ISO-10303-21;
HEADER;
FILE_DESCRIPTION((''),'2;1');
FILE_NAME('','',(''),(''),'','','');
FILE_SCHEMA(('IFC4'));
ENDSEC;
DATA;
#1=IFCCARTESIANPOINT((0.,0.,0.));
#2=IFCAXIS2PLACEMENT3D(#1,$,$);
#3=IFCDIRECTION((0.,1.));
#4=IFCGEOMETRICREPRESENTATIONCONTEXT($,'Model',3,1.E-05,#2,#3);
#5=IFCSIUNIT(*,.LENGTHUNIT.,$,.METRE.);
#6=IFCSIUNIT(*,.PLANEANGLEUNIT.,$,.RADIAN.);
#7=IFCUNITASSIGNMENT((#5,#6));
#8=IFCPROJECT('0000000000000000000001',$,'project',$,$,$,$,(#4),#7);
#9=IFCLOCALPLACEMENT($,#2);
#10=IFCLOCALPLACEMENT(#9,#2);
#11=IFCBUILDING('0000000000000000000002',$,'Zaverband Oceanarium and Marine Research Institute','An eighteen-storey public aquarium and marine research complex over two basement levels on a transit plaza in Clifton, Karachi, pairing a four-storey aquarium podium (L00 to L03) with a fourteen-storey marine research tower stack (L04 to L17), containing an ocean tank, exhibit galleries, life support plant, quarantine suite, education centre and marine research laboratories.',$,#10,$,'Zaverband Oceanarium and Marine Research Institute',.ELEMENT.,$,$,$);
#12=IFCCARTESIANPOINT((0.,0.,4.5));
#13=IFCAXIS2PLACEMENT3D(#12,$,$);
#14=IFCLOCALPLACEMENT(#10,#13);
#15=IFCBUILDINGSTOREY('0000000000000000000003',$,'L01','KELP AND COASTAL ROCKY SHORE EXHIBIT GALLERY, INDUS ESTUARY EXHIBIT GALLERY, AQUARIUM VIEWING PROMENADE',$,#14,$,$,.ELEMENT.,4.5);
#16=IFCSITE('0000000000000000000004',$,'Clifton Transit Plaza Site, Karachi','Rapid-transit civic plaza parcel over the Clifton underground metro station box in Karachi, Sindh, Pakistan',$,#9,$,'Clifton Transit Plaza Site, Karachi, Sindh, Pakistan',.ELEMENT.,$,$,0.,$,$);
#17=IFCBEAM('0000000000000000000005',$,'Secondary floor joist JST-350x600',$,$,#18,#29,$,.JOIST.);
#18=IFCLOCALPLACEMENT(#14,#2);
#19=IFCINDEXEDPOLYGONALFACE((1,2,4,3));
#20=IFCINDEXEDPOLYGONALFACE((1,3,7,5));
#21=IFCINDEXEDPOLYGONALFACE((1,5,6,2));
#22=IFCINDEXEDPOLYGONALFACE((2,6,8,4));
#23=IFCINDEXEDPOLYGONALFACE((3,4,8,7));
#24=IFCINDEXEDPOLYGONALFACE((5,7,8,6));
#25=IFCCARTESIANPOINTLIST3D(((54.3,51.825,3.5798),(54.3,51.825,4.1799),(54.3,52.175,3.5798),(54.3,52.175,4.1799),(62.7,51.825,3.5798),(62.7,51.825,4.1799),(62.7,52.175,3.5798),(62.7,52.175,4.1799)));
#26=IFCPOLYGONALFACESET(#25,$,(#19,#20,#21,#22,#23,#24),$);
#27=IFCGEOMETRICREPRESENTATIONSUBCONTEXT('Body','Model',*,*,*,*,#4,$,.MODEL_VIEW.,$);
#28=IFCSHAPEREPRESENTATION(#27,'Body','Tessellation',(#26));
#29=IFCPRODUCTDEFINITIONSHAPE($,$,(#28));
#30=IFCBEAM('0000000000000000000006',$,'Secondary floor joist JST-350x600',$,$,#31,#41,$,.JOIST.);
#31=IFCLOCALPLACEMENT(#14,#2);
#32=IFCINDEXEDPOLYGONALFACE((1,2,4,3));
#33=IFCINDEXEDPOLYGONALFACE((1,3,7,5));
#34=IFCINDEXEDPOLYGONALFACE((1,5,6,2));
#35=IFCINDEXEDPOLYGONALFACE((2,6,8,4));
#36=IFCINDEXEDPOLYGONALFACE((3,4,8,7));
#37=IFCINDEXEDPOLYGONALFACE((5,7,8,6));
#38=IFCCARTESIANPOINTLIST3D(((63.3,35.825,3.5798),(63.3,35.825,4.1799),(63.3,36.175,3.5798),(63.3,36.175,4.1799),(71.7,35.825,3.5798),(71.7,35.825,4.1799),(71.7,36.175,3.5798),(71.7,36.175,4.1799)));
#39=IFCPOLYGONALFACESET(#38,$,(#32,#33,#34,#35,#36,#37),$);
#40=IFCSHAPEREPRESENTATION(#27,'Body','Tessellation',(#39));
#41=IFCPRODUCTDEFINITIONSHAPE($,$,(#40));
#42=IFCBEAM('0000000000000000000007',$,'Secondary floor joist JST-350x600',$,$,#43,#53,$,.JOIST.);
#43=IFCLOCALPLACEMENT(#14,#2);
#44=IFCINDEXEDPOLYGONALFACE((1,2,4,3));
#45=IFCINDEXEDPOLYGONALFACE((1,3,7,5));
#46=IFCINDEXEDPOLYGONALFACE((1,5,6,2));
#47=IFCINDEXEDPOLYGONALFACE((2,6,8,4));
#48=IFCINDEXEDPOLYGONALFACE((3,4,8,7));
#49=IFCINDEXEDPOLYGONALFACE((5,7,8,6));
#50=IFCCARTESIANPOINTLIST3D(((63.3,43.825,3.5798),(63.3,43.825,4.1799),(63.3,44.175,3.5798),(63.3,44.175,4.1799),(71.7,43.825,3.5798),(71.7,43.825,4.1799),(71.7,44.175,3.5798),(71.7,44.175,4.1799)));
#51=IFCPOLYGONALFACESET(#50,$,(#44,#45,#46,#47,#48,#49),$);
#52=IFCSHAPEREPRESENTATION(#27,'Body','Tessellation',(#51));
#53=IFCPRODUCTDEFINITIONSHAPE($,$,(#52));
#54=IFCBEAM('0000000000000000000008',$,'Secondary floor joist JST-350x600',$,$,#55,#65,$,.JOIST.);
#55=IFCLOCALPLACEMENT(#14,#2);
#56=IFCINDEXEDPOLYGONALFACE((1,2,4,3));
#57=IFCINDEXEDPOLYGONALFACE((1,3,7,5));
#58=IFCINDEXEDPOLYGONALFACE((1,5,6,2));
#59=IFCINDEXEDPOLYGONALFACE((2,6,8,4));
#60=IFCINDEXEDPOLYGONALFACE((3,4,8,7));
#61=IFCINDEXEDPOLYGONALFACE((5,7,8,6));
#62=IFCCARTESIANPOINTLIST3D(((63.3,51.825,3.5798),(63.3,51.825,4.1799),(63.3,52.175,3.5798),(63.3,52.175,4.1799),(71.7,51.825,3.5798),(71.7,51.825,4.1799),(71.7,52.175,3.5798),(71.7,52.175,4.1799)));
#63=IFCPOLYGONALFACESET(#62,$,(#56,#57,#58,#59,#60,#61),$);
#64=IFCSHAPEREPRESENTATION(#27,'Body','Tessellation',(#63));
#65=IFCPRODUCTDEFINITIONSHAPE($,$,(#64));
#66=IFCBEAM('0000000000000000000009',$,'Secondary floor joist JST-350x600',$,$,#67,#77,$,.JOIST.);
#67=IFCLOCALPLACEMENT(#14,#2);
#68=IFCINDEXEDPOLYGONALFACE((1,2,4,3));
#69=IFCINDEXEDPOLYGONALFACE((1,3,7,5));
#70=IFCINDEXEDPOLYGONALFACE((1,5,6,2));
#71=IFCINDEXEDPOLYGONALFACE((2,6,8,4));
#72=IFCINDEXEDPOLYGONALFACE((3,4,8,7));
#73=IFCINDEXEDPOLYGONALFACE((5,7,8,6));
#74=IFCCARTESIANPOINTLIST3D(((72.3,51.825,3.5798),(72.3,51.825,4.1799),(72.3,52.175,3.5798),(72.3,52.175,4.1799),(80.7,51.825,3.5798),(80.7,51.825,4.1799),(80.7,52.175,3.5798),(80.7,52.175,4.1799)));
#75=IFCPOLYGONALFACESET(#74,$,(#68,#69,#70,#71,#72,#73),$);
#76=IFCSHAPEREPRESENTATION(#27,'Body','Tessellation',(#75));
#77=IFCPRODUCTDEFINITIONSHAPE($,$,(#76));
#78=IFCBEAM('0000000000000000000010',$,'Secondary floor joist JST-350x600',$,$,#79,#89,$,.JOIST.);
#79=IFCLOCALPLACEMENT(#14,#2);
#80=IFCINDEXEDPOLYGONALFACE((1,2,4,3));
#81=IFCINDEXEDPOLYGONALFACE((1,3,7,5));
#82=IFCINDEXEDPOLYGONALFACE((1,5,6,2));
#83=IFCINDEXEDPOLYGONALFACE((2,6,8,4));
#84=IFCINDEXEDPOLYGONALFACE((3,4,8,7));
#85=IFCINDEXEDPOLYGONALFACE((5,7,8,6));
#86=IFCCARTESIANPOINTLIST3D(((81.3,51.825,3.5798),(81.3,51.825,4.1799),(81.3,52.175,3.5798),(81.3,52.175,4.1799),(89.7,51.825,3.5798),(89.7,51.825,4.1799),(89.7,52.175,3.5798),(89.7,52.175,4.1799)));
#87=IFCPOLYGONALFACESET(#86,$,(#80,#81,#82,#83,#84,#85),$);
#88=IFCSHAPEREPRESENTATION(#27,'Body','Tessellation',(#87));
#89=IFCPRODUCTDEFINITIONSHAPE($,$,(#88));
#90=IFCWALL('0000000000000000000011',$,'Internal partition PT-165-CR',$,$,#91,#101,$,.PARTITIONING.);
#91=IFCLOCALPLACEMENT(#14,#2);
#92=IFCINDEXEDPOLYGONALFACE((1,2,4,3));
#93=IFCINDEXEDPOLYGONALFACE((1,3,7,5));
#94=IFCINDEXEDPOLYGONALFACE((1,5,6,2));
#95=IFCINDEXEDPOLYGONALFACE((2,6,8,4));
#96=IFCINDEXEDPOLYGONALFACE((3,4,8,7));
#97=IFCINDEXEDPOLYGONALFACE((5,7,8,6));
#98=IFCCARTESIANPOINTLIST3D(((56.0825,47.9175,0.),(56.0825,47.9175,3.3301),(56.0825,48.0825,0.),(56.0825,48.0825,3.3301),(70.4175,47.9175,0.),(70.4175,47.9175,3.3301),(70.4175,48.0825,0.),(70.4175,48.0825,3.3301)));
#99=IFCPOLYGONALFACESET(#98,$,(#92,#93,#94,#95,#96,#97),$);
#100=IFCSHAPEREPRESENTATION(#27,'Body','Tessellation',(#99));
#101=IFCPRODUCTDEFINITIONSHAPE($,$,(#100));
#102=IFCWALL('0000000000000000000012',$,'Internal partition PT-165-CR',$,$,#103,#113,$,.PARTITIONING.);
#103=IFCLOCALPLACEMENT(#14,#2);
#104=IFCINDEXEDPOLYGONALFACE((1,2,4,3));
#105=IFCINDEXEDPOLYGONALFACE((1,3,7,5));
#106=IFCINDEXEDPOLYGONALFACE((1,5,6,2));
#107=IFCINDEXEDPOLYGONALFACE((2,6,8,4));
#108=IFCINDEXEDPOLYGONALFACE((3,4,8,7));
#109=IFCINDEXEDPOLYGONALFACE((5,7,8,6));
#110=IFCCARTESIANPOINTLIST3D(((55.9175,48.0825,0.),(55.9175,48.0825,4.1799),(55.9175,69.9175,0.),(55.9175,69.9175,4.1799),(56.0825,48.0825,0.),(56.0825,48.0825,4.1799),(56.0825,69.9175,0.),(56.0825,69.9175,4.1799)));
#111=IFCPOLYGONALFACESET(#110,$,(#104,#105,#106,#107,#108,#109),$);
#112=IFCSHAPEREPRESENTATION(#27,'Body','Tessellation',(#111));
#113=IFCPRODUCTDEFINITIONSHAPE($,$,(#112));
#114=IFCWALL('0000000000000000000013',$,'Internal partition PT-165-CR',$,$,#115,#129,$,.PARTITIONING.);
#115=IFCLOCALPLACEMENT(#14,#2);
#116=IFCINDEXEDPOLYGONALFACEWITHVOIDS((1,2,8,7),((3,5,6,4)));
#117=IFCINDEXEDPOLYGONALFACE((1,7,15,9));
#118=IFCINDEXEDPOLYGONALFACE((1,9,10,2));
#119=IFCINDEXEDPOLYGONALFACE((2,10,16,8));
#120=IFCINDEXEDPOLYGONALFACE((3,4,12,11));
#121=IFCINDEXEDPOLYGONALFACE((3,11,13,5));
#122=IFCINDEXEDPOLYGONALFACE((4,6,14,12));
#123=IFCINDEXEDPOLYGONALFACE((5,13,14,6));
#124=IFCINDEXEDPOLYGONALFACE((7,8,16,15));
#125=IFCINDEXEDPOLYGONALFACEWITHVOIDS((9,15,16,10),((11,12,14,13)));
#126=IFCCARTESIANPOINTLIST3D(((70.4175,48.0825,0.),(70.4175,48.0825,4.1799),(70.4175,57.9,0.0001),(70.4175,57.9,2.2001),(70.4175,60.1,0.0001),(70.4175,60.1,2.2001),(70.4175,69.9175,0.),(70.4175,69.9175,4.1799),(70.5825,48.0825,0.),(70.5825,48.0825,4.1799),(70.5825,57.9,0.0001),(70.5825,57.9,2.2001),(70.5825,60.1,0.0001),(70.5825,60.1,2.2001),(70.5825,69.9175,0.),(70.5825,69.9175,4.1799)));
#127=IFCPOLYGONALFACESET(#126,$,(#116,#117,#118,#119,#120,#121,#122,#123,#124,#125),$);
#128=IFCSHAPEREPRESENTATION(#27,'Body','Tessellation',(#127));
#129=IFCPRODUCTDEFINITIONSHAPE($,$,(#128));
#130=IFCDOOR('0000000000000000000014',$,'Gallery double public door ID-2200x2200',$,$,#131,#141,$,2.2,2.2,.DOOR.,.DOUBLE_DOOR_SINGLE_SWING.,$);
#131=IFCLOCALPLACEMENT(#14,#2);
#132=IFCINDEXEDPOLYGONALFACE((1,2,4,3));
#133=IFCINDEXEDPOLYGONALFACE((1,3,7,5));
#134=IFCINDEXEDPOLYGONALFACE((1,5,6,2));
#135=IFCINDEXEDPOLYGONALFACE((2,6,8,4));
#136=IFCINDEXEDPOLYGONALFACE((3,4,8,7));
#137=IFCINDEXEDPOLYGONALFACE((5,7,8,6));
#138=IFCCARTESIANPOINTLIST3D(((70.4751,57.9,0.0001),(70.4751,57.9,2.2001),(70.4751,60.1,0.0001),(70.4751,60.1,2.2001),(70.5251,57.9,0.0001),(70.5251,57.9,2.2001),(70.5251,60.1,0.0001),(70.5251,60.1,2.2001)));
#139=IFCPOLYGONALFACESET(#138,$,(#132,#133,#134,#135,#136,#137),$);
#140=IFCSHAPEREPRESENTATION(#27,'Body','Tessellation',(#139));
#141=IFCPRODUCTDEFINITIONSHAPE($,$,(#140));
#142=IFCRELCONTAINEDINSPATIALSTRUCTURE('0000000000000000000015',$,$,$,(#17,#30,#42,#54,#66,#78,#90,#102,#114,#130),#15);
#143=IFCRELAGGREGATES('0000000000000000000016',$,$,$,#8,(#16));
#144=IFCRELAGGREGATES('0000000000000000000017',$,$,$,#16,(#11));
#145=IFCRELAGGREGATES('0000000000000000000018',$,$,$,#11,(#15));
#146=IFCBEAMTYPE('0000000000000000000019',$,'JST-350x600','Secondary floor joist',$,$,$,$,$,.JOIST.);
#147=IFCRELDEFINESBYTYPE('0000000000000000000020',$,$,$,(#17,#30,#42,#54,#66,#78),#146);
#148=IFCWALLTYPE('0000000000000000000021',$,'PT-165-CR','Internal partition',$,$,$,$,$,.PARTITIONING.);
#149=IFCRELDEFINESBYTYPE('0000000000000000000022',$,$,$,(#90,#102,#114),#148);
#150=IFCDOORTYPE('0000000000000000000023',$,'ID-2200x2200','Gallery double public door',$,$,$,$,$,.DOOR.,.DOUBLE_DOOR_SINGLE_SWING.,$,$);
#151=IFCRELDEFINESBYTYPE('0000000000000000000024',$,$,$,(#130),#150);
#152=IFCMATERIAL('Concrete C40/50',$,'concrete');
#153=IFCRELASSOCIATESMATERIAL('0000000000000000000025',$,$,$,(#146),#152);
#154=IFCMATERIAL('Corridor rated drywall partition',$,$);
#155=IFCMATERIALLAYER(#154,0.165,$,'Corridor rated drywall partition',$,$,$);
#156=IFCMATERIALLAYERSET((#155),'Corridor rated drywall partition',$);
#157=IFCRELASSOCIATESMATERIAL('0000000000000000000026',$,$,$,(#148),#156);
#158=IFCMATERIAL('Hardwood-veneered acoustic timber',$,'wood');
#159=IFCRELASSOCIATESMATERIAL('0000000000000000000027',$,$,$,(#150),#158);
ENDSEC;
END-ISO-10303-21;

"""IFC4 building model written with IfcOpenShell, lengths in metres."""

from ifc_helpers import new_model, si_unit, direction, frame, frame_2d, origin, origin_2d, place, context, subcontext, project, spatial, rectangle, extrude, material, layer, layer_set, material_profile, profile_set, type_object, element, fill, save


model = new_model("IFC4")

# Units and contexts
model_context = context("Model", 3, precision=1e-05, world=origin(), true_north=direction((0.0, 1.0)))
body_context = subcontext(model_context, "Body", "Model", "MODEL_VIEW")
ifc_project = project(units=[si_unit("LENGTHUNIT", "METRE"), si_unit("PLANEANGLEUNIT", "RADIAN")], contexts=[model_context])

# Site, building, storey
site_placement = place(None, origin())
site = spatial("IfcSite", under=ifc_project, at=site_placement, Name="Clifton Transit Plaza Site, Karachi", Description="Rapid-transit civic plaza parcel over the Clifton underground metro station box in Karachi, Sindh, Pakistan", LongName="Clifton Transit Plaza Site, Karachi, Sindh, Pakistan", CompositionType="ELEMENT", RefElevation=0.0)
building_placement = place(site_placement, origin())
building = spatial("IfcBuilding", under=site, at=building_placement, Name="Zaverband Oceanarium and Marine Research Institute", Description="An eighteen-storey public aquarium and marine research complex over two basement levels on a transit plaza in Clifton, Karachi, pairing a four-storey aquarium podium (L00 to L03) with a fourteen-storey marine research tower stack (L04 to L17), containing an ocean tank, exhibit galleries, life support plant, quarantine suite, education centre and marine research laboratories.", LongName="Zaverband Oceanarium and Marine Research Institute", CompositionType="ELEMENT")
storey_placement = place(building_placement, frame((0.0, 0.0, 4.5)))
storey = spatial("IfcBuildingStorey", under=building, at=storey_placement, Name="L01", Description="KELP AND COASTAL ROCKY SHORE EXHIBIT GALLERY, INDUS ESTUARY EXHIBIT GALLERY, AQUARIUM VIEWING PROMENADE", CompositionType="ELEMENT", Elevation=4.5)

# Beams
ifc_material_1 = material(Name="Concrete C40/50", Category="concrete")
ifc_material_profile_1 = material_profile(ifc_material_1, rectangle(XDim=0.3501, YDim=0.6001, at=origin_2d()), Name="RC350x600")
ifc_profile_set_1 = profile_set([ifc_material_profile_1], Name="Concrete C40/50")
beam_type_1 = type_object("IfcBeamType", Name="JST-350x600", Description="Secondary floor joist", PredefinedType="JOIST", material=ifc_profile_set_1)
for number, where, z_axis, x_axis, name in (
    (1, (54.3, 52.0, 3.8799), (1.0, 0.0, 0.0), (0.0, 1.0, 0.0), "Secondary floor joist JST-350x600"),
    (2, (63.3, 36.0, 3.8799), (1.0, 0.0, 0.0), (0.0, 1.0, 0.0), "Secondary floor joist JST-350x600"),
    (3, (63.3, 44.0, 3.8799), (1.0, 0.0, 0.0), (0.0, 1.0, 0.0), "Secondary floor joist JST-350x600"),
    (4, (63.3, 52.0, 3.8799), (1.0, 0.0, 0.0), (0.0, 1.0, 0.0), "Secondary floor joist JST-350x600"),
    (5, (72.3, 52.0, 3.8799), (1.0, 0.0, 0.0), (0.0, 1.0, 0.0), "Secondary floor joist JST-350x600"),
    (6, (81.3, 52.0, 3.8799), (1.0, 0.0, 0.0), (0.0, 1.0, 0.0), "Secondary floor joist JST-350x600"),
):
    element("IfcBeam", number, at=place(storey_placement, frame(where, z_axis=z_axis, x_axis=x_axis)), inside=storey, type_object=beam_type_1, Name=name, PredefinedType="JOIST", context=body_context, shape_type="SweptSolid", body=[
        extrude(rectangle(XDim=0.3501, YDim=0.6001, at=origin_2d()), origin(), (0.0, 0.0, 1.0), 8.3999),
    ])

# Walls
ifc_material_2 = material(Name="Corridor rated drywall partition")
ifc_layer_1 = layer(ifc_material_2, 0.165, Name="Corridor rated drywall partition")
ifc_layer_set_1 = layer_set([ifc_layer_1], Name="Corridor rated drywall partition")
wall_type = type_object("IfcWallType", Name="PT-165-CR", Description="Internal partition", PredefinedType="PARTITIONING", material=ifc_layer_set_1)
wall_1_placement = place(storey_placement, frame((56.0825, 48.0, 0.0), z_axis=(0.0, 0.0, 1.0), x_axis=(1.0, 0.0, 0.0)))
element("IfcWall", 7, at=wall_1_placement, inside=storey, type_object=wall_type, Name="Internal partition PT-165-CR", PredefinedType="PARTITIONING", context=body_context, shape_type="SweptSolid", body=[
    extrude(rectangle(XDim=14.335, YDim=0.165, at=frame_2d((7.1675, 0.0))), origin(), (0.0, 0.0, 1.0), 3.3301),
])
wall_2_placement = place(storey_placement, frame((56.0, 48.0825, 0.0), z_axis=(0.0, 0.0, 1.0), x_axis=(0.0, 1.0, 0.0)))
element("IfcWall", 8, at=wall_2_placement, inside=storey, type_object=wall_type, Name="Internal partition PT-165-CR", PredefinedType="PARTITIONING", context=body_context, shape_type="SweptSolid", body=[
    extrude(rectangle(XDim=21.835, YDim=0.165, at=frame_2d((10.9175, 0.0))), origin(), (0.0, 0.0, 1.0), 4.1799),
])

# Wall, opening, door
wall_3_placement = place(storey_placement, frame((70.5, 48.0825, 0.0), z_axis=(0.0, 0.0, 1.0), x_axis=(0.0, 1.0, 0.0)))
wall_3 = element("IfcWall", 9, at=wall_3_placement, inside=storey, type_object=wall_type, Name="Internal partition PT-165-CR", PredefinedType="PARTITIONING", context=body_context, shape_type="SweptSolid", body=[
    extrude(rectangle(XDim=21.835, YDim=0.165, at=frame_2d((10.9175, 0.0))), origin(), (0.0, 0.0, 1.0), 4.1799),
])
opening_placement = place(wall_3_placement, frame((9.8174, 0.0, 0.0)))
opening = element("IfcOpeningElement", 10, at=opening_placement, cuts=wall_3, PredefinedType="OPENING", context=body_context, shape_type="SweptSolid", body=[
    extrude(rectangle(XDim=2.2, YDim=2.2, at=frame_2d((1.1001, 1.1001))), frame((0.0, 0.0945, 0.0), z_axis=(0.0, -1.0, 0.0), x_axis=(1.0, 0.0, 0.0)), (0.0, 0.0, 1.0), 0.189),
])
ifc_material_3 = material(Name="Hardwood-veneered acoustic timber", Category="wood")
door_type = type_object("IfcDoorType", Name="ID-2200x2200", Description="Gallery double public door", OperationType="DOUBLE_DOOR_SINGLE_SWING", PredefinedType="DOOR", material=ifc_material_3)
door_placement = place(opening_placement, origin())
door = element("IfcDoor", 11, at=door_placement, inside=storey, type_object=door_type, Name="Gallery double public door ID-2200x2200", OperationType="DOUBLE_DOOR_SINGLE_SWING", OverallHeight=2.2, OverallWidth=2.2, PredefinedType="DOOR", context=body_context, shape_type="SweptSolid", body=[
    extrude(rectangle(XDim=2.2, YDim=2.2, at=frame_2d((1.1001, 1.1001))), frame((0.0, 0.0249, 0.0), z_axis=(0.0, -1.0, 0.0), x_axis=(1.0, 0.0, 0.0)), (0.0, 0.0, 1.0), 0.05),
])
fill(opening, door)

save(model, "model.ifc")
